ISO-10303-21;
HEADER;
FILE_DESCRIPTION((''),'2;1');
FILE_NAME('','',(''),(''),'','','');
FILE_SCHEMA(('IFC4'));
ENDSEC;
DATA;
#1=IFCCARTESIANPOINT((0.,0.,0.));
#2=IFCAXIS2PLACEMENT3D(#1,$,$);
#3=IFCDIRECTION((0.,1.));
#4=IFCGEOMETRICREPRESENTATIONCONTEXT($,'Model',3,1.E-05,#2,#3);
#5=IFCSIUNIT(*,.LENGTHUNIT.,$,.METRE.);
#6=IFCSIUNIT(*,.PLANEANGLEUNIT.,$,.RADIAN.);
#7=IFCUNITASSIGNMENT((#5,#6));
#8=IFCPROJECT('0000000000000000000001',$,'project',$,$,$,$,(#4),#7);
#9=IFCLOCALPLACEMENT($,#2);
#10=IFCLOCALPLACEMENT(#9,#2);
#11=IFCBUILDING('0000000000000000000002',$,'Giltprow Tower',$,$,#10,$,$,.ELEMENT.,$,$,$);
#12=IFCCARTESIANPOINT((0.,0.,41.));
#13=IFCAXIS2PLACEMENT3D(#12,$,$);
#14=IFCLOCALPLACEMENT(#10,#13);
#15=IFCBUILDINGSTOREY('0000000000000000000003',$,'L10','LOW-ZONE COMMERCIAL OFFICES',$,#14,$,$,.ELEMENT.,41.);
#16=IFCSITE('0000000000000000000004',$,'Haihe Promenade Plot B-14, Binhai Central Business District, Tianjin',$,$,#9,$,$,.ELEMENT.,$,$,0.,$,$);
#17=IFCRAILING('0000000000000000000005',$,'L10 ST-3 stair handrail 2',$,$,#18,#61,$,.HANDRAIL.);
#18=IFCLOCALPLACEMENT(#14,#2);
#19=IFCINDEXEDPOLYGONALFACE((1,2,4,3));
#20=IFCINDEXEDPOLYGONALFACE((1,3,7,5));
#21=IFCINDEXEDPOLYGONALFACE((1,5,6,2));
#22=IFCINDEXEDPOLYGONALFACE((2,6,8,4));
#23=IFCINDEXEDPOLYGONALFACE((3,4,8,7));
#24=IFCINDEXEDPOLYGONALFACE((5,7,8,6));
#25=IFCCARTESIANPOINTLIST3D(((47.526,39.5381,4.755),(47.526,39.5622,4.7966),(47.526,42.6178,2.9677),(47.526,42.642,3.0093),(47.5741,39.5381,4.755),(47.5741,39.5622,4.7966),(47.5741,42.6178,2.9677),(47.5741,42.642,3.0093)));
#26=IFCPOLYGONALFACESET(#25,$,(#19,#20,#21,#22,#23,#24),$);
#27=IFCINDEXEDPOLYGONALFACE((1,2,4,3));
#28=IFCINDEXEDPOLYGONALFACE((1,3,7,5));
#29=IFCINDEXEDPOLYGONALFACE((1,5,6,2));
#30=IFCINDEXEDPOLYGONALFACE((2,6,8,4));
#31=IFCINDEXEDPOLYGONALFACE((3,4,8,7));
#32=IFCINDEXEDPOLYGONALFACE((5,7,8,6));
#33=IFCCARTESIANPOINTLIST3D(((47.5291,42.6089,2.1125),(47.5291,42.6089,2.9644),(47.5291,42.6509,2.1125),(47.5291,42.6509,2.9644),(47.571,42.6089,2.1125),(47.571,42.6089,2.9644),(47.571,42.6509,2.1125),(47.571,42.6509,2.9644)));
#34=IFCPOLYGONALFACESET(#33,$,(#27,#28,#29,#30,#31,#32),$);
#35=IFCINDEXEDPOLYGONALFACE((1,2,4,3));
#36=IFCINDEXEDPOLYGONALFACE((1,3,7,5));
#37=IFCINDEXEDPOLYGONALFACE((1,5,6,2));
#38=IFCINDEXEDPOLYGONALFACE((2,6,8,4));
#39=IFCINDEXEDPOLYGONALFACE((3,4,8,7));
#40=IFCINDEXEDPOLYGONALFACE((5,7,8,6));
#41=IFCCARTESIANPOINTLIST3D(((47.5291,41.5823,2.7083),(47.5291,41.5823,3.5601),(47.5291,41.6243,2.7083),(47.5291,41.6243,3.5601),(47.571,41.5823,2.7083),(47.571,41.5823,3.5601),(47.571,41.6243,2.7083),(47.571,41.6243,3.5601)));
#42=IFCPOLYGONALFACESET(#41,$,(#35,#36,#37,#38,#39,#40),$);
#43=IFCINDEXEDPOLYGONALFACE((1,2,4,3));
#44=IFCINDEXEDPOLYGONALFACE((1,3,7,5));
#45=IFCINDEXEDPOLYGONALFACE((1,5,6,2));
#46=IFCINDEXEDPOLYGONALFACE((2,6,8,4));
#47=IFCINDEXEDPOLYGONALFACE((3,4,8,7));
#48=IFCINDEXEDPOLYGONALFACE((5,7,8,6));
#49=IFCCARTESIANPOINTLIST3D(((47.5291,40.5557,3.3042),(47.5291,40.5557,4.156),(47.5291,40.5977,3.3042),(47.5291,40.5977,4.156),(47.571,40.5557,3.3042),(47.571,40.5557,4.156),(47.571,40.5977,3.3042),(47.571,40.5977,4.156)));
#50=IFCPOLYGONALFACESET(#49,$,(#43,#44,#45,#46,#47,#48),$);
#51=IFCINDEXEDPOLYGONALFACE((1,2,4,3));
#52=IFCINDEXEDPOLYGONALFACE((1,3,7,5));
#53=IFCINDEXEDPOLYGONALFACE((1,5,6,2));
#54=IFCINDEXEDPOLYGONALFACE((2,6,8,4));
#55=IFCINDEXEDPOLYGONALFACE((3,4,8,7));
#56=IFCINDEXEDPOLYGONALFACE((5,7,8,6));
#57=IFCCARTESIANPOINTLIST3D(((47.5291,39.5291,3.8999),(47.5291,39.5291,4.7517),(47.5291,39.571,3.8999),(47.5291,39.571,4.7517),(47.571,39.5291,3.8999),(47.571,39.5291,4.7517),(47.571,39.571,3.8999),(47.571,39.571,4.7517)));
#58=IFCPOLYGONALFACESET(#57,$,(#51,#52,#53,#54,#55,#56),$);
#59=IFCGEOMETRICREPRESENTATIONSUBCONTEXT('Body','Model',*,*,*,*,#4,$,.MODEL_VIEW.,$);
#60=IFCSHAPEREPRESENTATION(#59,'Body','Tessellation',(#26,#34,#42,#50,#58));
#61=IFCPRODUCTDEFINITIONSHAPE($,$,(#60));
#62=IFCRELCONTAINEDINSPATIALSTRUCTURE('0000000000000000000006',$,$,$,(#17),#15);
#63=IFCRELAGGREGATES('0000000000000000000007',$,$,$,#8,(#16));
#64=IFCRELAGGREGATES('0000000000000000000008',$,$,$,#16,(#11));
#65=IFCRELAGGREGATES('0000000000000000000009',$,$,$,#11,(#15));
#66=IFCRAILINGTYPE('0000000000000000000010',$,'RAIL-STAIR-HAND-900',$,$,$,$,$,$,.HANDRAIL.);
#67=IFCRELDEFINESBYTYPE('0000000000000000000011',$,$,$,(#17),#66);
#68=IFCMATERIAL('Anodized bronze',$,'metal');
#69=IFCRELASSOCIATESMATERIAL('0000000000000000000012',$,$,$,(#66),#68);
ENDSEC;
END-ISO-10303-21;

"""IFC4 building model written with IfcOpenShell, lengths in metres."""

from ifc_helpers import new_model, si_unit, direction, frame, origin, origin_2d, place, context, subcontext, project, spatial, rectangle, extrude, material, type_object, element, save


model = new_model("IFC4")

# Units and contexts
model_context = context("Model", 3, precision=1e-05, world=origin(), true_north=direction((0.0, 1.0)))
body_context = subcontext(model_context, "Body", "Model", "MODEL_VIEW")
ifc_project = project(units=[si_unit("LENGTHUNIT", "METRE"), si_unit("PLANEANGLEUNIT", "RADIAN")], contexts=[model_context])

# Site, building, storey
site_placement = place(None, origin())
site = spatial("IfcSite", under=ifc_project, at=site_placement, Name="Haihe Promenade Plot B-14, Binhai Central Business District, Tianjin", CompositionType="ELEMENT", RefElevation=0.0)
building_placement = place(site_placement, origin())
building = spatial("IfcBuilding", under=site, at=building_placement, Name="Giltprow Tower", CompositionType="ELEMENT")
storey_placement = place(building_placement, frame((0.0, 0.0, 41.0)))
storey = spatial("IfcBuildingStorey", under=building, at=storey_placement, Name="L10", Description="LOW-ZONE COMMERCIAL OFFICES", CompositionType="ELEMENT", Elevation=41.0)

# Railing
ifc_material_1 = material(Name="Anodized bronze", Category="metal")
railing_type_1 = type_object("IfcRailingType", Name="RAIL-STAIR-HAND-900", PredefinedType="HANDRAIL", material=ifc_material_1)
railing_1_placement = place(storey_placement, frame((47.55, 42.6299, 2.1125)))
element("IfcRailing", 1, at=railing_1_placement, inside=storey, type_object=railing_type_1, Name="L10 ST-3 stair handrail 2", PredefinedType="HANDRAIL", context=body_context, shape_type="SweptSolid", body=[
    extrude(rectangle(XDim=0.0481, YDim=0.0481, at=origin_2d()), frame((0.0, 0.0, 0.876), z_axis=(0.0, -0.864903, 0.501939), x_axis=(1.0, 0.0, 0.0)), (0.0, 0.0, 1.0), 3.5608),
    extrude(rectangle(XDim=0.042, YDim=0.042, at=origin_2d()), origin(), (0.0, 0.0, 1.0), 0.8518),
    extrude(rectangle(XDim=0.042, YDim=0.042, at=origin_2d()), frame((0.0, -1.0266, 0.5957)), (0.0, 0.0, 1.0), 0.8518),
    extrude(rectangle(XDim=0.042, YDim=0.042, at=origin_2d()), frame((0.0, -2.0532, 1.1917)), (0.0, 0.0, 1.0), 0.8518),
    extrude(rectangle(XDim=0.042, YDim=0.042, at=origin_2d()), frame((0.0, -3.0798, 1.7874)), (0.0, 0.0, 1.0), 0.8518),
])

save(model, "model.ifc")
